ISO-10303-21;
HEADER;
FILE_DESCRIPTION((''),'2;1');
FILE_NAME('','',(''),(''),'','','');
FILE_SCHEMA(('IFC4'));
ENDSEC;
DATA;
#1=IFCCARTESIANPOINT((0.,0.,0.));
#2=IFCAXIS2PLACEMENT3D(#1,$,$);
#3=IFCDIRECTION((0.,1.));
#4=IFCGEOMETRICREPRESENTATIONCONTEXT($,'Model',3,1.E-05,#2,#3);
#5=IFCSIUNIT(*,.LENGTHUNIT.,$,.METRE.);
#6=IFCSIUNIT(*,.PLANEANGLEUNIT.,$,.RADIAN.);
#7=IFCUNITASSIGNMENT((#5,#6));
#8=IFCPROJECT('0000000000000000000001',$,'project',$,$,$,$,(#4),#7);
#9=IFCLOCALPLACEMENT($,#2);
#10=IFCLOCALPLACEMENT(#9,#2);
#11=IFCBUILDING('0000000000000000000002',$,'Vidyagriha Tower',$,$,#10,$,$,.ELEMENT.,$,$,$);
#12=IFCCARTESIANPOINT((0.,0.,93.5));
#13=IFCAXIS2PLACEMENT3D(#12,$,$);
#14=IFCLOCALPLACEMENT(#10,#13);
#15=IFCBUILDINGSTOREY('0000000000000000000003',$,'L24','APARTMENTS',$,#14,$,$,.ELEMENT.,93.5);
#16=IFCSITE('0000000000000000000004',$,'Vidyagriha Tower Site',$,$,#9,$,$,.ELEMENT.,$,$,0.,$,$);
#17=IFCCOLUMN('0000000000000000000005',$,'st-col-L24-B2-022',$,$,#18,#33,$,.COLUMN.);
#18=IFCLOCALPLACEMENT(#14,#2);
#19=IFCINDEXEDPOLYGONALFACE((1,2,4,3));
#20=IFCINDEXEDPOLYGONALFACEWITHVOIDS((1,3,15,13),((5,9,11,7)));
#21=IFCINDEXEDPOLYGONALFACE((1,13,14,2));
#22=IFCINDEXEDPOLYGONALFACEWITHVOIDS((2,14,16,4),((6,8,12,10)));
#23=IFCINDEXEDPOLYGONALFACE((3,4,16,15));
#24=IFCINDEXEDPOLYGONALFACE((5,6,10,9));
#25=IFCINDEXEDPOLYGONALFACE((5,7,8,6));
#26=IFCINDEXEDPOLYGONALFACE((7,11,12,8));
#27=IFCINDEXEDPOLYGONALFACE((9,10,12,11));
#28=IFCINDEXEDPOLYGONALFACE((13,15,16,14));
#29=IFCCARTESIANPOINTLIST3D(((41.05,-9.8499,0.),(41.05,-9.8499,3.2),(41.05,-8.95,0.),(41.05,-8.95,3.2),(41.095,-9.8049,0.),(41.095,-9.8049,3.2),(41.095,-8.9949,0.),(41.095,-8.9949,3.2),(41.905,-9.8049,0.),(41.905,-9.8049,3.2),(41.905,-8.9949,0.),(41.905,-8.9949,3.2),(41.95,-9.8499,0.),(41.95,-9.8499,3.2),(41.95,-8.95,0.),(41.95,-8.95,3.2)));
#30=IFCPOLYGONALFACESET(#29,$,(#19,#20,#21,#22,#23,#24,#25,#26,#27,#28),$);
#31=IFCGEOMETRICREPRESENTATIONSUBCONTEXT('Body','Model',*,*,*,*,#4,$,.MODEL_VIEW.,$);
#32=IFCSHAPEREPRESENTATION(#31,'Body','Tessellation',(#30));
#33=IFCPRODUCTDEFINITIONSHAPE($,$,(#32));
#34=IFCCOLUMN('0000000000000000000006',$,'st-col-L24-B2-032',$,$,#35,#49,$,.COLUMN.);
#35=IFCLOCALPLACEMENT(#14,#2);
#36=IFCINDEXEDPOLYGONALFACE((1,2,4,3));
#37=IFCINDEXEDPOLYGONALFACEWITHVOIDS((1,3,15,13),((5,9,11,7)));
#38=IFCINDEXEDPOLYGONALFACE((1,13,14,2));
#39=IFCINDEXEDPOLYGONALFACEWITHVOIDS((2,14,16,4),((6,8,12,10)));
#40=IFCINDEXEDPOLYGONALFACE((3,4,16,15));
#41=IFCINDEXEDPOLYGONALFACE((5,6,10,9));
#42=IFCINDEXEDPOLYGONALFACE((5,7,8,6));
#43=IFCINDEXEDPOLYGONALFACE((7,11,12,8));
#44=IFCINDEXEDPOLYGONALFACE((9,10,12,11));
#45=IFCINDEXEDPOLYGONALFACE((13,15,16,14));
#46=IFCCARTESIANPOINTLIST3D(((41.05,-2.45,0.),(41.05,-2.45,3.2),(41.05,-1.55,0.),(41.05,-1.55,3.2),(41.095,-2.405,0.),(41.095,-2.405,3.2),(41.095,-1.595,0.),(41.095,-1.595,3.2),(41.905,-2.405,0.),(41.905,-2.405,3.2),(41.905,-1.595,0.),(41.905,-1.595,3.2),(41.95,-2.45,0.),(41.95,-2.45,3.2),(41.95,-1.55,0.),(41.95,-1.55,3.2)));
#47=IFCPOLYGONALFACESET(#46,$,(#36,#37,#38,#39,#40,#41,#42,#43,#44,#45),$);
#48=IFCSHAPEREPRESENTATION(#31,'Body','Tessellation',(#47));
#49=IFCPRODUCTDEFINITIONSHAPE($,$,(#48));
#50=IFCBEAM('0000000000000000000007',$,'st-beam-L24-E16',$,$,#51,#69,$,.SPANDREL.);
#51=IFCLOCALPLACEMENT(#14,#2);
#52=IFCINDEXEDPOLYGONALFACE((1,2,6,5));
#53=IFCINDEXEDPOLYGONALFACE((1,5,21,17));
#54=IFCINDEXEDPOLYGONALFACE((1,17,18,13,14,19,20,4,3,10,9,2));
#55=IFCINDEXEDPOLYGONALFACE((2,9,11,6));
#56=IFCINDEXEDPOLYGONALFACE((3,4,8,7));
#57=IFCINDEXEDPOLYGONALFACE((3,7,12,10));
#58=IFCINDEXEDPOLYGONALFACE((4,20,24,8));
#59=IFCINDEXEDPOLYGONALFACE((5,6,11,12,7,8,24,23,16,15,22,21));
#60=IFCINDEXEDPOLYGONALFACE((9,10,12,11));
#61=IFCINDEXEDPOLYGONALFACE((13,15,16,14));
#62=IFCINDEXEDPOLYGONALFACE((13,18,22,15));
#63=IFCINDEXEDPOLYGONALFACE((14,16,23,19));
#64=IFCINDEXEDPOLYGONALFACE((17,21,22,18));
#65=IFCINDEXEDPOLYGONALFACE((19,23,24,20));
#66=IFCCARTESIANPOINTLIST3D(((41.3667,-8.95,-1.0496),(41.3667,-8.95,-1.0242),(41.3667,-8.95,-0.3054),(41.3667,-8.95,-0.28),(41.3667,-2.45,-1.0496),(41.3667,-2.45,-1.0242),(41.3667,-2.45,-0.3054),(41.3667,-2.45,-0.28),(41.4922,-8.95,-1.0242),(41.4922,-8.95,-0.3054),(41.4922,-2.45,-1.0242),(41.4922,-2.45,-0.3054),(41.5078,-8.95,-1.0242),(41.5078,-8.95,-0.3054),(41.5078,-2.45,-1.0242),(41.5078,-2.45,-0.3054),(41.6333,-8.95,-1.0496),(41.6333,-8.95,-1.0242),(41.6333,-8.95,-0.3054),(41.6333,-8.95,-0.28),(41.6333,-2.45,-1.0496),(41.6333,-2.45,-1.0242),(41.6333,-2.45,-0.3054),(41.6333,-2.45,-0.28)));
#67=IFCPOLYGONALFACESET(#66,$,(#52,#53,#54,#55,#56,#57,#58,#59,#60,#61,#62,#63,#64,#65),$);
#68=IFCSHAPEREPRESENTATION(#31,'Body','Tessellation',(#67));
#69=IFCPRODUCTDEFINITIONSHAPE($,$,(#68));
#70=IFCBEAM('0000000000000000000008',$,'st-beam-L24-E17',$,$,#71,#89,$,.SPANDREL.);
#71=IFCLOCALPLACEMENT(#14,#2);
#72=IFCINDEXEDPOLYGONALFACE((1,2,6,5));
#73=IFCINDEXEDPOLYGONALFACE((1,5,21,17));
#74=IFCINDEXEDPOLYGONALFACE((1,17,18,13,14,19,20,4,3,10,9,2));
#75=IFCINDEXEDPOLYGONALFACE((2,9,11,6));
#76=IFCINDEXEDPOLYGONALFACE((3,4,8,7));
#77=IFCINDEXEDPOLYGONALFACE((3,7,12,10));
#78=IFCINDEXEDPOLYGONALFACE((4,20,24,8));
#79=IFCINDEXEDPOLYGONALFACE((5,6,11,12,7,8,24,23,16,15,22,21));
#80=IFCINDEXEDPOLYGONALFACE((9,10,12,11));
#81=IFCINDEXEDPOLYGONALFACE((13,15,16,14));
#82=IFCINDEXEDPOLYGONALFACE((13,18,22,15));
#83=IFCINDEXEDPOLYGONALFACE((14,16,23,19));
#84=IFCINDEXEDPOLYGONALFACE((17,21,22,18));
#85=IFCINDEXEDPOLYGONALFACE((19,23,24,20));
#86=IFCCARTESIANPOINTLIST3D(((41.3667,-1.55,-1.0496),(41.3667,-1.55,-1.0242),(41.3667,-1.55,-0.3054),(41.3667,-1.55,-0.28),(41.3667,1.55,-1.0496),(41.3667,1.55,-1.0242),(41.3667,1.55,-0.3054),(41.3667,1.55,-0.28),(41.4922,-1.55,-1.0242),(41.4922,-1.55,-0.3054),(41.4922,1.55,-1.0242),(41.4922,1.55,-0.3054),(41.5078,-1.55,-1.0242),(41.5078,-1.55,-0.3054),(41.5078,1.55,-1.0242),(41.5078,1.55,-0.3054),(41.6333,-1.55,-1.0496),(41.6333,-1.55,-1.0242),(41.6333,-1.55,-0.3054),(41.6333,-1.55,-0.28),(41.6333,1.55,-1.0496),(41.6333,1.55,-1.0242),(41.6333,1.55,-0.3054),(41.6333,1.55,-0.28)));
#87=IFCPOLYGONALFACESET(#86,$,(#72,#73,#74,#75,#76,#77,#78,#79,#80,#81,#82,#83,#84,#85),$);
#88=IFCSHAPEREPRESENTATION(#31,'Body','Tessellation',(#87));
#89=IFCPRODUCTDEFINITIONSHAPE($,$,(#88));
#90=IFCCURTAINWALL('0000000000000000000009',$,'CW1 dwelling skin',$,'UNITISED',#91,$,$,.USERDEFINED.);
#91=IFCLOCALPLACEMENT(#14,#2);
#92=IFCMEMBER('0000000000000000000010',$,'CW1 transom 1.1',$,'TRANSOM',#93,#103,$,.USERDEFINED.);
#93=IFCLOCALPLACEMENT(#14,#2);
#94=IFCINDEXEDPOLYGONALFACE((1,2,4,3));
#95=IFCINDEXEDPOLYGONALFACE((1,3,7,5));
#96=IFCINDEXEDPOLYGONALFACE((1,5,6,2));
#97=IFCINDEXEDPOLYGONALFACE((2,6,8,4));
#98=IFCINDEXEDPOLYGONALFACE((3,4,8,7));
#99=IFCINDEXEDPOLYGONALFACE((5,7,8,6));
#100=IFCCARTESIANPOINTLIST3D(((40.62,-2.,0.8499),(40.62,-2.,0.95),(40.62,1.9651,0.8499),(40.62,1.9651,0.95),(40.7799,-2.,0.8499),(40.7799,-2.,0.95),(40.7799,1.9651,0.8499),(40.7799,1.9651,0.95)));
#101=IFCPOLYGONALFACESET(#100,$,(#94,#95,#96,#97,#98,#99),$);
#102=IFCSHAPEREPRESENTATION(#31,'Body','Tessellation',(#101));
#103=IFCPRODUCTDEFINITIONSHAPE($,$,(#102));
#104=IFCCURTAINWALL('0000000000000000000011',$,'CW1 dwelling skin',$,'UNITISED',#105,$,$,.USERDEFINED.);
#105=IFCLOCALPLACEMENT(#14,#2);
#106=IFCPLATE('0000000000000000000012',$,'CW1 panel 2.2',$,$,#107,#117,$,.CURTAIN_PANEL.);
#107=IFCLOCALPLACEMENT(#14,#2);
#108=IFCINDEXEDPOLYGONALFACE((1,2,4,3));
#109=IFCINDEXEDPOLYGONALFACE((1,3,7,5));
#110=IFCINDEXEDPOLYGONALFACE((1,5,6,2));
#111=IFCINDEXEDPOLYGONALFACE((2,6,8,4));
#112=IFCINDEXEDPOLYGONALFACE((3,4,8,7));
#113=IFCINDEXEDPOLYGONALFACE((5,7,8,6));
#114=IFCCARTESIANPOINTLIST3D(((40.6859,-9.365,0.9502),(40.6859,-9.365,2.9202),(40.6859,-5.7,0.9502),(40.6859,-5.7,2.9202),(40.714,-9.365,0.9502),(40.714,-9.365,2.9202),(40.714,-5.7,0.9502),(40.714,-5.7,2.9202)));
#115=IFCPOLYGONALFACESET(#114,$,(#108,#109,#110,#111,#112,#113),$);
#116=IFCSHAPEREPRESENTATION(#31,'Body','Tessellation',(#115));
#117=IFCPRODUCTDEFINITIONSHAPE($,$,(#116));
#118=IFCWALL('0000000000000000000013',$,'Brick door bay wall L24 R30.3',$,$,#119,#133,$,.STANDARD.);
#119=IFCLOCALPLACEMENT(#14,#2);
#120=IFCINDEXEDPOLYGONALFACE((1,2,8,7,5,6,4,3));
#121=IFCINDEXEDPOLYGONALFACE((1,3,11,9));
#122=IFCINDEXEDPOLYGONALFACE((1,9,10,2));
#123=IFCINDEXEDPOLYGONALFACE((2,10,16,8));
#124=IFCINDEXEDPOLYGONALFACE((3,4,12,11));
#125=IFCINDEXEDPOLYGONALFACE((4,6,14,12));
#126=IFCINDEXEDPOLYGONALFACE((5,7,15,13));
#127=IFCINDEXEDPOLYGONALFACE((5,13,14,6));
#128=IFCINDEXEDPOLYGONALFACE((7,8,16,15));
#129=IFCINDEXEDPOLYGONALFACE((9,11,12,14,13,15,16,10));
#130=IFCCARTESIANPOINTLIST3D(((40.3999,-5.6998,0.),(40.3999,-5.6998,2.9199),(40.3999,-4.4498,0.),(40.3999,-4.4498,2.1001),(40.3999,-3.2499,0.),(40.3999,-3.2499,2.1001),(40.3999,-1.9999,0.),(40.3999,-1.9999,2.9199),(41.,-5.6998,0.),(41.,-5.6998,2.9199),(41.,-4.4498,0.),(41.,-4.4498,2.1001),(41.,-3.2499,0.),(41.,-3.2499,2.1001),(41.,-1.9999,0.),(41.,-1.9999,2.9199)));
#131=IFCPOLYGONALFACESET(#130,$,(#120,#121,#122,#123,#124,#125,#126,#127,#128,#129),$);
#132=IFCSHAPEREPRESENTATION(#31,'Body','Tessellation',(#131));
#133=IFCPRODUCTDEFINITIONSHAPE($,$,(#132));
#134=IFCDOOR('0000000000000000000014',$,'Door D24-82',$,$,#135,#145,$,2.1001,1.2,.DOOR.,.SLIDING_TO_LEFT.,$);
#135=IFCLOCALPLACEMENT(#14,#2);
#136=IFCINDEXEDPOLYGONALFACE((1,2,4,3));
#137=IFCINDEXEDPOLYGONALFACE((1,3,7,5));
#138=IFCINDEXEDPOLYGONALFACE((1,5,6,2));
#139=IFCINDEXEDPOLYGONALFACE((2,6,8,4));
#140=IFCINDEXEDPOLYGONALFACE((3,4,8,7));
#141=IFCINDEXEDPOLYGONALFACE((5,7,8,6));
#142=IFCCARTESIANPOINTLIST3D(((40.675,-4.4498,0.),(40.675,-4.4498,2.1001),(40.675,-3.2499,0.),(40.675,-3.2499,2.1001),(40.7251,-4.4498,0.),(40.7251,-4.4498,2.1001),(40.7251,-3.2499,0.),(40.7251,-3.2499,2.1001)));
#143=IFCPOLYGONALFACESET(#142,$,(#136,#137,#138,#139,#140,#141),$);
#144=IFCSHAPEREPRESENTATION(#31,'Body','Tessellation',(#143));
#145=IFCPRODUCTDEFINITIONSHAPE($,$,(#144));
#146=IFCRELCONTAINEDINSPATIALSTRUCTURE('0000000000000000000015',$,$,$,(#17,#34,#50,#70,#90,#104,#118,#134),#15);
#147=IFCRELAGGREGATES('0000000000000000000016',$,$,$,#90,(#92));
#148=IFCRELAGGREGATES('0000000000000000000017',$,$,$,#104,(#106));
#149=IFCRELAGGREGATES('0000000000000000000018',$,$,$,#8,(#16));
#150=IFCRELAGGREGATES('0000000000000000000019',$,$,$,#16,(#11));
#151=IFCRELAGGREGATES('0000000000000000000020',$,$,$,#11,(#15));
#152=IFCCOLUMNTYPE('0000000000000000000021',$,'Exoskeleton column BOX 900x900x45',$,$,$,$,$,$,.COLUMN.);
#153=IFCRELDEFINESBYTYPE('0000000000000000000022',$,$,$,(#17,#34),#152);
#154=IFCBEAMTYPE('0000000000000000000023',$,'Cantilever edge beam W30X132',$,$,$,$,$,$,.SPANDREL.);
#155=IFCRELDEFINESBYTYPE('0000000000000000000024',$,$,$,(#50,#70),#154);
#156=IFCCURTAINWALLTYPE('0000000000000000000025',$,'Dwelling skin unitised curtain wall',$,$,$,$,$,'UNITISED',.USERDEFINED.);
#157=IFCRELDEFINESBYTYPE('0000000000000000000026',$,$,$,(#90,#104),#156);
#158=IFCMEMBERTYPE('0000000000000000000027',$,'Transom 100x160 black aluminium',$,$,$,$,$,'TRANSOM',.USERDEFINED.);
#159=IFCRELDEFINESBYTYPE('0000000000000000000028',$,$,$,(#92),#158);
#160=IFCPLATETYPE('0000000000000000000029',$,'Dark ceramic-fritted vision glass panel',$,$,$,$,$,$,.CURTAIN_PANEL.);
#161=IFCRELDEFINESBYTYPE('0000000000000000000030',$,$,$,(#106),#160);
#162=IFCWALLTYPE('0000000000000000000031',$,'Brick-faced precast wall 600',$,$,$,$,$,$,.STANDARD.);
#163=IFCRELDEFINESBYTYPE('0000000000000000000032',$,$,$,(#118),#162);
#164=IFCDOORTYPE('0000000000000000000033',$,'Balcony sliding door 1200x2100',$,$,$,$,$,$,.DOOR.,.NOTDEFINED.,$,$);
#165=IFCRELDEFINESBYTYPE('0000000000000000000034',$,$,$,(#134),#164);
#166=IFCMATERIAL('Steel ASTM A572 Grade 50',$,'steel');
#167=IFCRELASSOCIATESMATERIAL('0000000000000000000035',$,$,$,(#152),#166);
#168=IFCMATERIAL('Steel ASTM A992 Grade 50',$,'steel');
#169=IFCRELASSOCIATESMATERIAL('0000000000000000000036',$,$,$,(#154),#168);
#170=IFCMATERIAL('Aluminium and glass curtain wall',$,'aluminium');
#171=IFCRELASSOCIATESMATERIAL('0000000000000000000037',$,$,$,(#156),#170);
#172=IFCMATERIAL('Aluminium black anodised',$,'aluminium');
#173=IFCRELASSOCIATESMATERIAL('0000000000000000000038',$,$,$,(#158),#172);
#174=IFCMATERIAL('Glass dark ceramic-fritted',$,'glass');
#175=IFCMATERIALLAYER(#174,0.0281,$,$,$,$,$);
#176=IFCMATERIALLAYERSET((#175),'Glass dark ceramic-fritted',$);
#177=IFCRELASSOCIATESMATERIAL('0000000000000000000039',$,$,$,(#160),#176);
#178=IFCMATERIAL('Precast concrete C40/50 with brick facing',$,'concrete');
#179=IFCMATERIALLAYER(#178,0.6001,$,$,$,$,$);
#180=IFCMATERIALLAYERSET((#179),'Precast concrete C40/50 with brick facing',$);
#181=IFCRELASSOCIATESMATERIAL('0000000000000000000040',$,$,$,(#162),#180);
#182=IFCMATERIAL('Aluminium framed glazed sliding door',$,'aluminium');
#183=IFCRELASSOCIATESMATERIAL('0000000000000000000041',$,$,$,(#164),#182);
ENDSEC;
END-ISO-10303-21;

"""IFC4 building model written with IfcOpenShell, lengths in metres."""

from ifc_helpers import new_model, si_unit, direction, frame, frame_2d, origin, origin_2d, place, context, subcontext, project, spatial, rectangle, hollow_rectangle, i_section, extrude, material, layer, layer_set, material_profile, profile_set, type_object, element, fill, aggregate, save


model = new_model("IFC4")

# Units and contexts
model_context = context("Model", 3, precision=1e-05, world=origin(), true_north=direction((0.0, 1.0)))
body_context = subcontext(model_context, "Body", "Model", "MODEL_VIEW")
ifc_project = project(units=[si_unit("LENGTHUNIT", "METRE"), si_unit("PLANEANGLEUNIT", "RADIAN")], contexts=[model_context])

# Site, building, storey
site_placement = place(None, origin())
site = spatial("IfcSite", under=ifc_project, at=site_placement, Name="Vidyagriha Tower Site", CompositionType="ELEMENT", RefElevation=0.0)
building_placement = place(site_placement, origin())
building = spatial("IfcBuilding", under=site, at=building_placement, Name="Vidyagriha Tower", CompositionType="ELEMENT")
storey_placement = place(building_placement, frame((0.0, 0.0, 93.5)))
storey = spatial("IfcBuildingStorey", under=building, at=storey_placement, Name="L24", Description="APARTMENTS", CompositionType="ELEMENT", Elevation=93.5)

# Columns
ifc_material_1 = material(Name="Steel ASTM A572 Grade 50", Category="steel")
ifc_material_profile_1 = material_profile(ifc_material_1, hollow_rectangle(XDim=0.8999, YDim=0.8999, WallThickness=0.0449, at=origin_2d()), Name="BOX 900x900x45")
ifc_profile_set_1 = profile_set([ifc_material_profile_1], Name="Steel ASTM A572 Grade 50")
column_type = type_object("IfcColumnType", Name="Exoskeleton column BOX 900x900x45", PredefinedType="COLUMN", material=ifc_profile_set_1)
for number, where, name in (
    (1, (41.5, -9.3999, 0.0), "st-col-L24-B2-022"),
    (2, (41.5, -2.0, 0.0), "st-col-L24-B2-032"),
):
    element("IfcColumn", number, at=place(storey_placement, frame(where)), inside=storey, type_object=column_type, Name=name, PredefinedType="COLUMN", context=body_context, shape_type="SweptSolid", body=[
        extrude(hollow_rectangle(XDim=0.8999, YDim=0.8999, WallThickness=0.0449, at=origin_2d()), origin(), (0.0, 0.0, 1.0), 3.2),
    ])

# Beams
ifc_material_2 = material(Name="Steel ASTM A992 Grade 50", Category="steel")
ifc_material_profile_2 = material_profile(ifc_material_2, i_section(OverallWidth=0.2666, OverallDepth=0.7695, WebThickness=0.0156, FlangeThickness=0.0254, at=origin_2d()), Name="W30X132")
ifc_profile_set_2 = profile_set([ifc_material_profile_2], Name="Steel ASTM A992 Grade 50")
beam_type = type_object("IfcBeamType", Name="Cantilever edge beam W30X132", PredefinedType="SPANDREL", material=ifc_profile_set_2)
beam_1_placement = place(storey_placement, frame((41.5, -8.95, -0.6648), z_axis=(0.0, 1.0, 0.0), x_axis=(-1.0, 0.0, 0.0)))
element("IfcBeam", 3, at=beam_1_placement, inside=storey, type_object=beam_type, Name="st-beam-L24-E16", PredefinedType="SPANDREL", context=body_context, shape_type="SweptSolid", body=[
    extrude(i_section(OverallWidth=0.2666, OverallDepth=0.7695, WebThickness=0.0156, FlangeThickness=0.0254, at=origin_2d()), origin(), (0.0, 0.0, 1.0), 6.5),
])
beam_2_placement = place(storey_placement, frame((41.5, -1.55, -0.6648), z_axis=(0.0, 1.0, 0.0), x_axis=(-1.0, 0.0, 0.0)))
element("IfcBeam", 4, at=beam_2_placement, inside=storey, type_object=beam_type, Name="st-beam-L24-E17", PredefinedType="SPANDREL", context=body_context, shape_type="SweptSolid", body=[
    extrude(i_section(OverallWidth=0.2666, OverallDepth=0.7695, WebThickness=0.0156, FlangeThickness=0.0254, at=origin_2d()), origin(), (0.0, 0.0, 1.0), 3.1001),
])

# Curtain wall, member
ifc_material_3 = material(Name="Aluminium and glass curtain wall", Category="aluminium")
curtain_wall_type = type_object("IfcCurtainWallType", Name="Dwelling skin unitised curtain wall", ElementType="UNITISED", PredefinedType="USERDEFINED", material=ifc_material_3)
curtain_wall_1_placement = place(storey_placement, origin())
curtain_wall_1 = element("IfcCurtainWall", 5, at=curtain_wall_1_placement, inside=storey, type_object=curtain_wall_type, Name="CW1 dwelling skin", ObjectType="UNITISED", PredefinedType="USERDEFINED")
ifc_material_4 = material(Name="Aluminium black anodised", Category="aluminium")
ifc_material_profile_3 = material_profile(ifc_material_4, rectangle(XDim=0.1599, YDim=0.1001, at=origin_2d()), Name="Transom 100x160 black aluminium")
ifc_profile_set_3 = profile_set([ifc_material_profile_3], Name="Aluminium black anodised")
member_type = type_object("IfcMemberType", Name="Transom 100x160 black aluminium", ElementType="TRANSOM", PredefinedType="USERDEFINED", material=ifc_profile_set_3)
member_placement = place(storey_placement, frame((40.7, -2.0, 0.8999), z_axis=(0.0, 1.0, 0.0), x_axis=(-1.0, 0.0, 0.0)))
member = element("IfcMember", 6, at=member_placement, type_object=member_type, Name="CW1 transom 1.1", ObjectType="TRANSOM", PredefinedType="USERDEFINED", context=body_context, shape_type="SweptSolid", body=[
    extrude(rectangle(XDim=0.1599, YDim=0.1001, at=origin_2d()), origin(), (0.0, 0.0, 1.0), 3.9651),
])
aggregate(curtain_wall_1, [member])

# Curtain wall, plate
curtain_wall_2_placement = place(storey_placement, origin())
curtain_wall_2 = element("IfcCurtainWall", 7, at=curtain_wall_2_placement, inside=storey, type_object=curtain_wall_type, Name="CW1 dwelling skin", ObjectType="UNITISED", PredefinedType="USERDEFINED")
ifc_material_5 = material(Name="Glass dark ceramic-fritted", Category="glass")
ifc_layer_1 = layer(ifc_material_5, 0.0281)
ifc_layer_set_1 = layer_set([ifc_layer_1], Name="Glass dark ceramic-fritted")
plate_type = type_object("IfcPlateType", Name="Dark ceramic-fritted vision glass panel", PredefinedType="CURTAIN_PANEL", material=ifc_layer_set_1)
plate_placement = place(storey_placement, frame((40.7, -7.5325, 0.9502), z_axis=(0.0, 0.0, 1.0), x_axis=(0.0, 1.0, 0.0)))
plate = element("IfcPlate", 8, at=plate_placement, type_object=plate_type, Name="CW1 panel 2.2", PredefinedType="CURTAIN_PANEL", context=body_context, shape_type="SweptSolid", body=[
    extrude(rectangle(XDim=3.665, YDim=0.0281, at=origin_2d()), origin(), (0.0, 0.0, 1.0), 1.97),
])
aggregate(curtain_wall_2, [plate])

# Wall, opening, door
ifc_material_6 = material(Name="Precast concrete C40/50 with brick facing", Category="concrete")
ifc_layer_2 = layer(ifc_material_6, 0.6001)
ifc_layer_set_2 = layer_set([ifc_layer_2], Name="Precast concrete C40/50 with brick facing")
wall_type = type_object("IfcWallType", Name="Brick-faced precast wall 600", PredefinedType="STANDARD", material=ifc_layer_set_2)
wall_placement = place(storey_placement, frame((40.7, -5.7, 0.0), z_axis=(0.0, 0.0, 1.0), x_axis=(0.0, 1.0, 0.0)))
wall = element("IfcWall", 9, at=wall_placement, inside=storey, type_object=wall_type, Name="Brick door bay wall L24 R30.3", PredefinedType="STANDARD", context=body_context, shape_type="SweptSolid", body=[
    extrude(rectangle(XDim=3.7, YDim=0.6001, at=frame_2d((1.8501, 0.0))), origin(), (0.0, 0.0, 1.0), 2.9199),
])
opening_placement = place(wall_placement, frame((1.25, 0.0, 0.0)))
opening = element("IfcOpeningElement", 10, at=opening_placement, cuts=wall, PredefinedType="OPENING", context=body_context, shape_type="SweptSolid", body=[
    extrude(rectangle(XDim=1.2, YDim=2.1001, at=frame_2d((0.6001, 1.05))), frame((0.0, 0.3101, 0.0), z_axis=(0.0, -1.0, 0.0), x_axis=(1.0, 0.0, 0.0)), (0.0, 0.0, 1.0), 0.6201),
])
ifc_material_7 = material(Name="Aluminium framed glazed sliding door", Category="aluminium")
door_type = type_object("IfcDoorType", Name="Balcony sliding door 1200x2100", OperationType="NOTDEFINED", PredefinedType="DOOR", material=ifc_material_7)
door_placement = place(opening_placement, origin())
door = element("IfcDoor", 11, at=door_placement, inside=storey, type_object=door_type, Name="Door D24-82", OperationType="SLIDING_TO_LEFT", OverallHeight=2.1001, OverallWidth=1.2, PredefinedType="DOOR", context=body_context, shape_type="SweptSolid", body=[
    extrude(rectangle(XDim=1.2, YDim=2.1001, at=frame_2d((0.6001, 1.05))), frame((0.0, 0.0249, 0.0), z_axis=(0.0, -1.0, 0.0), x_axis=(1.0, 0.0, 0.0)), (0.0, 0.0, 1.0), 0.05),
])
fill(opening, door)

save(model, "model.ifc")
